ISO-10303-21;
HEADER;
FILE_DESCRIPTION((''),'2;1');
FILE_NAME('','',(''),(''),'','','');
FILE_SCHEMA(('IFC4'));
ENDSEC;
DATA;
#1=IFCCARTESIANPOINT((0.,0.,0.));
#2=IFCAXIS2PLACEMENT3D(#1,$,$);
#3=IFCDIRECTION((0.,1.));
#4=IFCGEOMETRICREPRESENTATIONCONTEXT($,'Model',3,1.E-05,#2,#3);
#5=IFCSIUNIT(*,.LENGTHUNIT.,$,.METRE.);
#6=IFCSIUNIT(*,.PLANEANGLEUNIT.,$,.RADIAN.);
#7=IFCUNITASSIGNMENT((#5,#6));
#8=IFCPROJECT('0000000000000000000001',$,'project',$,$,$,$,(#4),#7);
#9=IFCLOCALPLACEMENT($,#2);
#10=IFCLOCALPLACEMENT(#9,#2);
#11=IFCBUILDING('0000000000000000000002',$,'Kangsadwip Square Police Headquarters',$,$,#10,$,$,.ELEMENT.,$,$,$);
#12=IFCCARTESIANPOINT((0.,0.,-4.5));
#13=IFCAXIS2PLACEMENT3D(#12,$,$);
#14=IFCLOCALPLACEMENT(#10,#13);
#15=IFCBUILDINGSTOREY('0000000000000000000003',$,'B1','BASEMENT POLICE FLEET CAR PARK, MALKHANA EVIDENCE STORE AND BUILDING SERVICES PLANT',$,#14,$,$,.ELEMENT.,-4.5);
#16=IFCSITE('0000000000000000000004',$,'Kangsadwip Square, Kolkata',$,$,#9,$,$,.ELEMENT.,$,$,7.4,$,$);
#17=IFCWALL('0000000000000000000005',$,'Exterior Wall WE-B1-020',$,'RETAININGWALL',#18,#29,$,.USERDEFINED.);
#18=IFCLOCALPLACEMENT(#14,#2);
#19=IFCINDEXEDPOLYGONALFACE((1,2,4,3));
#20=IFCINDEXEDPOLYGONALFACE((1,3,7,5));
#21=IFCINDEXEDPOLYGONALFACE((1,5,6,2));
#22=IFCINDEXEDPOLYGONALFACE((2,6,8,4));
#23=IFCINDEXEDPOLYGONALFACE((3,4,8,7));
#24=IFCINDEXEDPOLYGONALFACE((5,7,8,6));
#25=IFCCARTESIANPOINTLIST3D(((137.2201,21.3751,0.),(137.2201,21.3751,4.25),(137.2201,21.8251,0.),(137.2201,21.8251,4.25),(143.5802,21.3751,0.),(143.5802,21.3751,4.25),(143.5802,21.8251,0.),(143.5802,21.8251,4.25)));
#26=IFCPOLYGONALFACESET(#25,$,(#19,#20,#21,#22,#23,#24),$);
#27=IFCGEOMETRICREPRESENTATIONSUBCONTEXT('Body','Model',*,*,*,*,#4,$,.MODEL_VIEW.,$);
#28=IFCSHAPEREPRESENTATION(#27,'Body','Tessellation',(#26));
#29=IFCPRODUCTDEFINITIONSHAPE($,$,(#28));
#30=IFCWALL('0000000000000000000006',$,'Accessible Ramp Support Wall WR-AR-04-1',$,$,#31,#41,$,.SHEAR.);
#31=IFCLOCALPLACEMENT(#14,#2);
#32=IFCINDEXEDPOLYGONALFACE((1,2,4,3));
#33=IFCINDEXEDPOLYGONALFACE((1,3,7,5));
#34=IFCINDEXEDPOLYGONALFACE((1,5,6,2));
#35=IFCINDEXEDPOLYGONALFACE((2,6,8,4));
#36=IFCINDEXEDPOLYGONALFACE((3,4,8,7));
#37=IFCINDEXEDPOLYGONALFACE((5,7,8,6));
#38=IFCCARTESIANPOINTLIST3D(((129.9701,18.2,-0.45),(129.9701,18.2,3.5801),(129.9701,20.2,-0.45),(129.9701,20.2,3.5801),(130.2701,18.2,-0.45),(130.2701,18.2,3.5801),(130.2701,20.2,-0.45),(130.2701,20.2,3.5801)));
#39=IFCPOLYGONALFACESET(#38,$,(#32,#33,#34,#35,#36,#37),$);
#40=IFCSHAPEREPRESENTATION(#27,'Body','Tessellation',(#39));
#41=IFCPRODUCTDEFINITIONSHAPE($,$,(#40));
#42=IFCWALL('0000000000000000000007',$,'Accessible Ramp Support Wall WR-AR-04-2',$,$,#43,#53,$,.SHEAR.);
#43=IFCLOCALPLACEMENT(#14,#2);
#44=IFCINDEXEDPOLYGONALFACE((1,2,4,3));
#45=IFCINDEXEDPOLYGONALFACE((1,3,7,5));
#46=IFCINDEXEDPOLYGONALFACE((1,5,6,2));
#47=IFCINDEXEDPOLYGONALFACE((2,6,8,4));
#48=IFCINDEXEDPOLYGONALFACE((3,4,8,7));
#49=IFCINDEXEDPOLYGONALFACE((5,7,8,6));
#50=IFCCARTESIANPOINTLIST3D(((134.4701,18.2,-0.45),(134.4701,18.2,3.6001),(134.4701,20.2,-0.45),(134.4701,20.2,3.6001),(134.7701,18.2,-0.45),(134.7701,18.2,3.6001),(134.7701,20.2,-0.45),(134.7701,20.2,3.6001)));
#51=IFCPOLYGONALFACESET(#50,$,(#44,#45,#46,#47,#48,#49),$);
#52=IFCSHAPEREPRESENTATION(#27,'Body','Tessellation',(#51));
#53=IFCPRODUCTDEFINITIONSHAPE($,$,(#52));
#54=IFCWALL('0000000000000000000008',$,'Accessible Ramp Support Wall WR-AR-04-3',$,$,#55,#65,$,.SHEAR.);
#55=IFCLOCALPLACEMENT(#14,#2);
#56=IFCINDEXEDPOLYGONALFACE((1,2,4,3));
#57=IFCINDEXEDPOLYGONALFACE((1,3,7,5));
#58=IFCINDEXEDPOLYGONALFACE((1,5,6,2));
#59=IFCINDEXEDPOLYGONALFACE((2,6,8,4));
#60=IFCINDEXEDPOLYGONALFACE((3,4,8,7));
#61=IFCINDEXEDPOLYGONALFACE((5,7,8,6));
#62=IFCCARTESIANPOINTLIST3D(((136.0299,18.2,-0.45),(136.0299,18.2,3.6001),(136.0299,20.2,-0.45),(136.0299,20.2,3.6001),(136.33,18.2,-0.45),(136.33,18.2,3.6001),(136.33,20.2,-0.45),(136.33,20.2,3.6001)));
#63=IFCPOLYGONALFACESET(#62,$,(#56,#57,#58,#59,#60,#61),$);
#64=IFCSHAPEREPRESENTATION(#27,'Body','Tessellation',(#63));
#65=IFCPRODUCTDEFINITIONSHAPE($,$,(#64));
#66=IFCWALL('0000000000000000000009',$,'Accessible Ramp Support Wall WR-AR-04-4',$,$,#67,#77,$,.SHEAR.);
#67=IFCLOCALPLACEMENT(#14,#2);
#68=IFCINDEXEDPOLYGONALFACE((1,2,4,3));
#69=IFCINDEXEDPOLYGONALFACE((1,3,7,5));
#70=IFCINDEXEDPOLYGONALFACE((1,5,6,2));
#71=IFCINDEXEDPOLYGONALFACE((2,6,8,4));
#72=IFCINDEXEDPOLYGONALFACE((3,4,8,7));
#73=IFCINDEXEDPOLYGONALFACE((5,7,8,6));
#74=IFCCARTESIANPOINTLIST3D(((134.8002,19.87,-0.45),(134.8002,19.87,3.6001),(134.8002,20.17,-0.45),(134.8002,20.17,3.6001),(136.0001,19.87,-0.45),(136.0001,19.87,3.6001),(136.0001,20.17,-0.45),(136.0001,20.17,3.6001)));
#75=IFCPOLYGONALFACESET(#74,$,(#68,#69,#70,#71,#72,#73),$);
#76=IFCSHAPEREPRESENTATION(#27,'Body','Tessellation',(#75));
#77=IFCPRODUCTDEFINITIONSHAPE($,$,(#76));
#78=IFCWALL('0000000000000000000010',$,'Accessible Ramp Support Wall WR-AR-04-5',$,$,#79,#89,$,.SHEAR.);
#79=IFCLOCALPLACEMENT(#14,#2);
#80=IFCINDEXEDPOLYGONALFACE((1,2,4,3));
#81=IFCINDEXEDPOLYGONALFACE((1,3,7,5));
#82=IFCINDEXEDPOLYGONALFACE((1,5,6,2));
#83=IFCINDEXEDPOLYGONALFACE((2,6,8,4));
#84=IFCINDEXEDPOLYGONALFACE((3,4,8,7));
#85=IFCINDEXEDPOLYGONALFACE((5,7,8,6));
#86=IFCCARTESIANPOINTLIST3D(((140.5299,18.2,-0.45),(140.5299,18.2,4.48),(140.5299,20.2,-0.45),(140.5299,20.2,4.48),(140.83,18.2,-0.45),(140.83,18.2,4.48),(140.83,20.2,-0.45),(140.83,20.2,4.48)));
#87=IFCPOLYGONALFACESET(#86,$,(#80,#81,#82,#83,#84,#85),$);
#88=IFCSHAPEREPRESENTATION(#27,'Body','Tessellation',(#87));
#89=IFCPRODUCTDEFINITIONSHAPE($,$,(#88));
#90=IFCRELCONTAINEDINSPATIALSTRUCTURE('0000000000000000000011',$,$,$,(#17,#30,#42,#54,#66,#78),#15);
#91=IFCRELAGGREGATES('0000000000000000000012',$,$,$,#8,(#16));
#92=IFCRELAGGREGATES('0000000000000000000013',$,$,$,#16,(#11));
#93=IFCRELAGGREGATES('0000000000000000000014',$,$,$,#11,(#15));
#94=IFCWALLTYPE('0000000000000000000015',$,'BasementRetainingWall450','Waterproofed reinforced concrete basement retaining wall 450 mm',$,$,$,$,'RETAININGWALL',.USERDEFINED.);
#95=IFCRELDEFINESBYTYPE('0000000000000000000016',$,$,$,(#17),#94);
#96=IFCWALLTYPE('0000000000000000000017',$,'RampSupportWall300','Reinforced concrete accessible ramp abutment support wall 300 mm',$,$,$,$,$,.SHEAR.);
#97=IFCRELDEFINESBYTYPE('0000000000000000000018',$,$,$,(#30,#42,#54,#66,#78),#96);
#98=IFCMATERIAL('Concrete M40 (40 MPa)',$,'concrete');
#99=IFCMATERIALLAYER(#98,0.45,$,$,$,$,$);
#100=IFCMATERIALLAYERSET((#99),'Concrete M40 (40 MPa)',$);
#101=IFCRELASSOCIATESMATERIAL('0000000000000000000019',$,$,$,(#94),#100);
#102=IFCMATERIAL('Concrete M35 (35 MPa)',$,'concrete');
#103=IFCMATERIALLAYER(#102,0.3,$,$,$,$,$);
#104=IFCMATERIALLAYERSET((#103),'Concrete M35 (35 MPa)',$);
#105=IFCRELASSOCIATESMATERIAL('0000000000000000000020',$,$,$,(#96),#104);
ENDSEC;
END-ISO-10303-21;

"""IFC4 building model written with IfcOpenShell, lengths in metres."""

from ifc_helpers import new_model, si_unit, direction, frame, frame_2d, origin, place, context, subcontext, project, spatial, rectangle, extrude, material, layer, layer_set, type_object, element, save


model = new_model("IFC4")

# Units and contexts
model_context = context("Model", 3, precision=1e-05, world=origin(), true_north=direction((0.0, 1.0)))
body_context = subcontext(model_context, "Body", "Model", "MODEL_VIEW")
ifc_project = project(units=[si_unit("LENGTHUNIT", "METRE"), si_unit("PLANEANGLEUNIT", "RADIAN")], contexts=[model_context])

# Site, building, storey
site_placement = place(None, origin())
site = spatial("IfcSite", under=ifc_project, at=site_placement, Name="Kangsadwip Square, Kolkata", CompositionType="ELEMENT", RefElevation=7.4)
building_placement = place(site_placement, origin())
building = spatial("IfcBuilding", under=site, at=building_placement, Name="Kangsadwip Square Police Headquarters", CompositionType="ELEMENT")
storey_placement = place(building_placement, frame((0.0, 0.0, -4.5)))
storey = spatial("IfcBuildingStorey", under=building, at=storey_placement, Name="B1", Description="BASEMENT POLICE FLEET CAR PARK, MALKHANA EVIDENCE STORE AND BUILDING SERVICES PLANT", CompositionType="ELEMENT", Elevation=-4.5)

# Walls
ifc_material_1 = material(Name="Concrete M40 (40 MPa)", Category="concrete")
ifc_layer_1 = layer(ifc_material_1, 0.45)
ifc_layer_set_1 = layer_set([ifc_layer_1], Name="Concrete M40 (40 MPa)")
wall_type_1 = type_object("IfcWallType", Name="BasementRetainingWall450", Description="Waterproofed reinforced concrete basement retaining wall 450 mm", ElementType="RETAININGWALL", PredefinedType="USERDEFINED", material=ifc_layer_set_1)
wall_1_placement = place(storey_placement, frame((137.22, 21.6001, 0.0), z_axis=(0.0, 0.0, 1.0), x_axis=(1.0, 0.0, 0.0)))
element("IfcWall", 1, at=wall_1_placement, inside=storey, type_object=wall_type_1, Name="Exterior Wall WE-B1-020", ObjectType="RETAININGWALL", PredefinedType="USERDEFINED", context=body_context, shape_type="SweptSolid", body=[
    extrude(rectangle(XDim=6.3601, YDim=0.45, at=frame_2d((3.1802, 0.0))), origin(), (0.0, 0.0, 1.0), 4.25),
])
ifc_material_2 = material(Name="Concrete M35 (35 MPa)", Category="concrete")
ifc_layer_2 = layer(ifc_material_2, 0.3)
ifc_layer_set_2 = layer_set([ifc_layer_2], Name="Concrete M35 (35 MPa)")
wall_type_2 = type_object("IfcWallType", Name="RampSupportWall300", Description="Reinforced concrete accessible ramp abutment support wall 300 mm", PredefinedType="SHEAR", material=ifc_layer_set_2)
wall_2_placement = place(storey_placement, frame((130.1201, 18.2, -0.45), z_axis=(0.0, 0.0, 1.0), x_axis=(0.0, 1.0, 0.0)))
element("IfcWall", 2, at=wall_2_placement, inside=storey, type_object=wall_type_2, Name="Accessible Ramp Support Wall WR-AR-04-1", PredefinedType="SHEAR", context=body_context, shape_type="SweptSolid", body=[
    extrude(rectangle(XDim=2.0, YDim=0.3, at=frame_2d((1.0, 0.0))), origin(), (0.0, 0.0, 1.0), 4.03),
])
for number, where, z_axis, x_axis, name in (
    (3, (134.6201, 18.2, -0.45), (0.0, 0.0, 1.0), (0.0, 1.0, 0.0), "Accessible Ramp Support Wall WR-AR-04-2"),
    (4, (136.1799, 18.2, -0.45), (0.0, 0.0, 1.0), (0.0, 1.0, 0.0), "Accessible Ramp Support Wall WR-AR-04-3"),
):
    element("IfcWall", number, at=place(storey_placement, frame(where, z_axis=z_axis, x_axis=x_axis)), inside=storey, type_object=wall_type_2, Name=name, PredefinedType="SHEAR", context=body_context, shape_type="SweptSolid", body=[
        extrude(rectangle(XDim=2.0, YDim=0.3, at=frame_2d((1.0, 0.0))), origin(), (0.0, 0.0, 1.0), 4.05),
    ])
wall_3_placement = place(storey_placement, frame((134.8, 20.02, -0.45), z_axis=(0.0, 0.0, 1.0), x_axis=(1.0, 0.0, 0.0)))
element("IfcWall", 5, at=wall_3_placement, inside=storey, type_object=wall_type_2, Name="Accessible Ramp Support Wall WR-AR-04-4", PredefinedType="SHEAR", context=body_context, shape_type="SweptSolid", body=[
    extrude(rectangle(XDim=1.2, YDim=0.3, at=frame_2d((0.6001, 0.0))), origin(), (0.0, 0.0, 1.0), 4.05),
])
wall_4_placement = place(storey_placement, frame((140.6799, 18.2, -0.45), z_axis=(0.0, 0.0, 1.0), x_axis=(0.0, 1.0, 0.0)))
element("IfcWall", 6, at=wall_4_placement, inside=storey, type_object=wall_type_2, Name="Accessible Ramp Support Wall WR-AR-04-5", PredefinedType="SHEAR", context=body_context, shape_type="SweptSolid", body=[
    extrude(rectangle(XDim=2.0, YDim=0.3, at=frame_2d((1.0, 0.0))), origin(), (0.0, 0.0, 1.0), 4.9299),
])

save(model, "model.ifc")
